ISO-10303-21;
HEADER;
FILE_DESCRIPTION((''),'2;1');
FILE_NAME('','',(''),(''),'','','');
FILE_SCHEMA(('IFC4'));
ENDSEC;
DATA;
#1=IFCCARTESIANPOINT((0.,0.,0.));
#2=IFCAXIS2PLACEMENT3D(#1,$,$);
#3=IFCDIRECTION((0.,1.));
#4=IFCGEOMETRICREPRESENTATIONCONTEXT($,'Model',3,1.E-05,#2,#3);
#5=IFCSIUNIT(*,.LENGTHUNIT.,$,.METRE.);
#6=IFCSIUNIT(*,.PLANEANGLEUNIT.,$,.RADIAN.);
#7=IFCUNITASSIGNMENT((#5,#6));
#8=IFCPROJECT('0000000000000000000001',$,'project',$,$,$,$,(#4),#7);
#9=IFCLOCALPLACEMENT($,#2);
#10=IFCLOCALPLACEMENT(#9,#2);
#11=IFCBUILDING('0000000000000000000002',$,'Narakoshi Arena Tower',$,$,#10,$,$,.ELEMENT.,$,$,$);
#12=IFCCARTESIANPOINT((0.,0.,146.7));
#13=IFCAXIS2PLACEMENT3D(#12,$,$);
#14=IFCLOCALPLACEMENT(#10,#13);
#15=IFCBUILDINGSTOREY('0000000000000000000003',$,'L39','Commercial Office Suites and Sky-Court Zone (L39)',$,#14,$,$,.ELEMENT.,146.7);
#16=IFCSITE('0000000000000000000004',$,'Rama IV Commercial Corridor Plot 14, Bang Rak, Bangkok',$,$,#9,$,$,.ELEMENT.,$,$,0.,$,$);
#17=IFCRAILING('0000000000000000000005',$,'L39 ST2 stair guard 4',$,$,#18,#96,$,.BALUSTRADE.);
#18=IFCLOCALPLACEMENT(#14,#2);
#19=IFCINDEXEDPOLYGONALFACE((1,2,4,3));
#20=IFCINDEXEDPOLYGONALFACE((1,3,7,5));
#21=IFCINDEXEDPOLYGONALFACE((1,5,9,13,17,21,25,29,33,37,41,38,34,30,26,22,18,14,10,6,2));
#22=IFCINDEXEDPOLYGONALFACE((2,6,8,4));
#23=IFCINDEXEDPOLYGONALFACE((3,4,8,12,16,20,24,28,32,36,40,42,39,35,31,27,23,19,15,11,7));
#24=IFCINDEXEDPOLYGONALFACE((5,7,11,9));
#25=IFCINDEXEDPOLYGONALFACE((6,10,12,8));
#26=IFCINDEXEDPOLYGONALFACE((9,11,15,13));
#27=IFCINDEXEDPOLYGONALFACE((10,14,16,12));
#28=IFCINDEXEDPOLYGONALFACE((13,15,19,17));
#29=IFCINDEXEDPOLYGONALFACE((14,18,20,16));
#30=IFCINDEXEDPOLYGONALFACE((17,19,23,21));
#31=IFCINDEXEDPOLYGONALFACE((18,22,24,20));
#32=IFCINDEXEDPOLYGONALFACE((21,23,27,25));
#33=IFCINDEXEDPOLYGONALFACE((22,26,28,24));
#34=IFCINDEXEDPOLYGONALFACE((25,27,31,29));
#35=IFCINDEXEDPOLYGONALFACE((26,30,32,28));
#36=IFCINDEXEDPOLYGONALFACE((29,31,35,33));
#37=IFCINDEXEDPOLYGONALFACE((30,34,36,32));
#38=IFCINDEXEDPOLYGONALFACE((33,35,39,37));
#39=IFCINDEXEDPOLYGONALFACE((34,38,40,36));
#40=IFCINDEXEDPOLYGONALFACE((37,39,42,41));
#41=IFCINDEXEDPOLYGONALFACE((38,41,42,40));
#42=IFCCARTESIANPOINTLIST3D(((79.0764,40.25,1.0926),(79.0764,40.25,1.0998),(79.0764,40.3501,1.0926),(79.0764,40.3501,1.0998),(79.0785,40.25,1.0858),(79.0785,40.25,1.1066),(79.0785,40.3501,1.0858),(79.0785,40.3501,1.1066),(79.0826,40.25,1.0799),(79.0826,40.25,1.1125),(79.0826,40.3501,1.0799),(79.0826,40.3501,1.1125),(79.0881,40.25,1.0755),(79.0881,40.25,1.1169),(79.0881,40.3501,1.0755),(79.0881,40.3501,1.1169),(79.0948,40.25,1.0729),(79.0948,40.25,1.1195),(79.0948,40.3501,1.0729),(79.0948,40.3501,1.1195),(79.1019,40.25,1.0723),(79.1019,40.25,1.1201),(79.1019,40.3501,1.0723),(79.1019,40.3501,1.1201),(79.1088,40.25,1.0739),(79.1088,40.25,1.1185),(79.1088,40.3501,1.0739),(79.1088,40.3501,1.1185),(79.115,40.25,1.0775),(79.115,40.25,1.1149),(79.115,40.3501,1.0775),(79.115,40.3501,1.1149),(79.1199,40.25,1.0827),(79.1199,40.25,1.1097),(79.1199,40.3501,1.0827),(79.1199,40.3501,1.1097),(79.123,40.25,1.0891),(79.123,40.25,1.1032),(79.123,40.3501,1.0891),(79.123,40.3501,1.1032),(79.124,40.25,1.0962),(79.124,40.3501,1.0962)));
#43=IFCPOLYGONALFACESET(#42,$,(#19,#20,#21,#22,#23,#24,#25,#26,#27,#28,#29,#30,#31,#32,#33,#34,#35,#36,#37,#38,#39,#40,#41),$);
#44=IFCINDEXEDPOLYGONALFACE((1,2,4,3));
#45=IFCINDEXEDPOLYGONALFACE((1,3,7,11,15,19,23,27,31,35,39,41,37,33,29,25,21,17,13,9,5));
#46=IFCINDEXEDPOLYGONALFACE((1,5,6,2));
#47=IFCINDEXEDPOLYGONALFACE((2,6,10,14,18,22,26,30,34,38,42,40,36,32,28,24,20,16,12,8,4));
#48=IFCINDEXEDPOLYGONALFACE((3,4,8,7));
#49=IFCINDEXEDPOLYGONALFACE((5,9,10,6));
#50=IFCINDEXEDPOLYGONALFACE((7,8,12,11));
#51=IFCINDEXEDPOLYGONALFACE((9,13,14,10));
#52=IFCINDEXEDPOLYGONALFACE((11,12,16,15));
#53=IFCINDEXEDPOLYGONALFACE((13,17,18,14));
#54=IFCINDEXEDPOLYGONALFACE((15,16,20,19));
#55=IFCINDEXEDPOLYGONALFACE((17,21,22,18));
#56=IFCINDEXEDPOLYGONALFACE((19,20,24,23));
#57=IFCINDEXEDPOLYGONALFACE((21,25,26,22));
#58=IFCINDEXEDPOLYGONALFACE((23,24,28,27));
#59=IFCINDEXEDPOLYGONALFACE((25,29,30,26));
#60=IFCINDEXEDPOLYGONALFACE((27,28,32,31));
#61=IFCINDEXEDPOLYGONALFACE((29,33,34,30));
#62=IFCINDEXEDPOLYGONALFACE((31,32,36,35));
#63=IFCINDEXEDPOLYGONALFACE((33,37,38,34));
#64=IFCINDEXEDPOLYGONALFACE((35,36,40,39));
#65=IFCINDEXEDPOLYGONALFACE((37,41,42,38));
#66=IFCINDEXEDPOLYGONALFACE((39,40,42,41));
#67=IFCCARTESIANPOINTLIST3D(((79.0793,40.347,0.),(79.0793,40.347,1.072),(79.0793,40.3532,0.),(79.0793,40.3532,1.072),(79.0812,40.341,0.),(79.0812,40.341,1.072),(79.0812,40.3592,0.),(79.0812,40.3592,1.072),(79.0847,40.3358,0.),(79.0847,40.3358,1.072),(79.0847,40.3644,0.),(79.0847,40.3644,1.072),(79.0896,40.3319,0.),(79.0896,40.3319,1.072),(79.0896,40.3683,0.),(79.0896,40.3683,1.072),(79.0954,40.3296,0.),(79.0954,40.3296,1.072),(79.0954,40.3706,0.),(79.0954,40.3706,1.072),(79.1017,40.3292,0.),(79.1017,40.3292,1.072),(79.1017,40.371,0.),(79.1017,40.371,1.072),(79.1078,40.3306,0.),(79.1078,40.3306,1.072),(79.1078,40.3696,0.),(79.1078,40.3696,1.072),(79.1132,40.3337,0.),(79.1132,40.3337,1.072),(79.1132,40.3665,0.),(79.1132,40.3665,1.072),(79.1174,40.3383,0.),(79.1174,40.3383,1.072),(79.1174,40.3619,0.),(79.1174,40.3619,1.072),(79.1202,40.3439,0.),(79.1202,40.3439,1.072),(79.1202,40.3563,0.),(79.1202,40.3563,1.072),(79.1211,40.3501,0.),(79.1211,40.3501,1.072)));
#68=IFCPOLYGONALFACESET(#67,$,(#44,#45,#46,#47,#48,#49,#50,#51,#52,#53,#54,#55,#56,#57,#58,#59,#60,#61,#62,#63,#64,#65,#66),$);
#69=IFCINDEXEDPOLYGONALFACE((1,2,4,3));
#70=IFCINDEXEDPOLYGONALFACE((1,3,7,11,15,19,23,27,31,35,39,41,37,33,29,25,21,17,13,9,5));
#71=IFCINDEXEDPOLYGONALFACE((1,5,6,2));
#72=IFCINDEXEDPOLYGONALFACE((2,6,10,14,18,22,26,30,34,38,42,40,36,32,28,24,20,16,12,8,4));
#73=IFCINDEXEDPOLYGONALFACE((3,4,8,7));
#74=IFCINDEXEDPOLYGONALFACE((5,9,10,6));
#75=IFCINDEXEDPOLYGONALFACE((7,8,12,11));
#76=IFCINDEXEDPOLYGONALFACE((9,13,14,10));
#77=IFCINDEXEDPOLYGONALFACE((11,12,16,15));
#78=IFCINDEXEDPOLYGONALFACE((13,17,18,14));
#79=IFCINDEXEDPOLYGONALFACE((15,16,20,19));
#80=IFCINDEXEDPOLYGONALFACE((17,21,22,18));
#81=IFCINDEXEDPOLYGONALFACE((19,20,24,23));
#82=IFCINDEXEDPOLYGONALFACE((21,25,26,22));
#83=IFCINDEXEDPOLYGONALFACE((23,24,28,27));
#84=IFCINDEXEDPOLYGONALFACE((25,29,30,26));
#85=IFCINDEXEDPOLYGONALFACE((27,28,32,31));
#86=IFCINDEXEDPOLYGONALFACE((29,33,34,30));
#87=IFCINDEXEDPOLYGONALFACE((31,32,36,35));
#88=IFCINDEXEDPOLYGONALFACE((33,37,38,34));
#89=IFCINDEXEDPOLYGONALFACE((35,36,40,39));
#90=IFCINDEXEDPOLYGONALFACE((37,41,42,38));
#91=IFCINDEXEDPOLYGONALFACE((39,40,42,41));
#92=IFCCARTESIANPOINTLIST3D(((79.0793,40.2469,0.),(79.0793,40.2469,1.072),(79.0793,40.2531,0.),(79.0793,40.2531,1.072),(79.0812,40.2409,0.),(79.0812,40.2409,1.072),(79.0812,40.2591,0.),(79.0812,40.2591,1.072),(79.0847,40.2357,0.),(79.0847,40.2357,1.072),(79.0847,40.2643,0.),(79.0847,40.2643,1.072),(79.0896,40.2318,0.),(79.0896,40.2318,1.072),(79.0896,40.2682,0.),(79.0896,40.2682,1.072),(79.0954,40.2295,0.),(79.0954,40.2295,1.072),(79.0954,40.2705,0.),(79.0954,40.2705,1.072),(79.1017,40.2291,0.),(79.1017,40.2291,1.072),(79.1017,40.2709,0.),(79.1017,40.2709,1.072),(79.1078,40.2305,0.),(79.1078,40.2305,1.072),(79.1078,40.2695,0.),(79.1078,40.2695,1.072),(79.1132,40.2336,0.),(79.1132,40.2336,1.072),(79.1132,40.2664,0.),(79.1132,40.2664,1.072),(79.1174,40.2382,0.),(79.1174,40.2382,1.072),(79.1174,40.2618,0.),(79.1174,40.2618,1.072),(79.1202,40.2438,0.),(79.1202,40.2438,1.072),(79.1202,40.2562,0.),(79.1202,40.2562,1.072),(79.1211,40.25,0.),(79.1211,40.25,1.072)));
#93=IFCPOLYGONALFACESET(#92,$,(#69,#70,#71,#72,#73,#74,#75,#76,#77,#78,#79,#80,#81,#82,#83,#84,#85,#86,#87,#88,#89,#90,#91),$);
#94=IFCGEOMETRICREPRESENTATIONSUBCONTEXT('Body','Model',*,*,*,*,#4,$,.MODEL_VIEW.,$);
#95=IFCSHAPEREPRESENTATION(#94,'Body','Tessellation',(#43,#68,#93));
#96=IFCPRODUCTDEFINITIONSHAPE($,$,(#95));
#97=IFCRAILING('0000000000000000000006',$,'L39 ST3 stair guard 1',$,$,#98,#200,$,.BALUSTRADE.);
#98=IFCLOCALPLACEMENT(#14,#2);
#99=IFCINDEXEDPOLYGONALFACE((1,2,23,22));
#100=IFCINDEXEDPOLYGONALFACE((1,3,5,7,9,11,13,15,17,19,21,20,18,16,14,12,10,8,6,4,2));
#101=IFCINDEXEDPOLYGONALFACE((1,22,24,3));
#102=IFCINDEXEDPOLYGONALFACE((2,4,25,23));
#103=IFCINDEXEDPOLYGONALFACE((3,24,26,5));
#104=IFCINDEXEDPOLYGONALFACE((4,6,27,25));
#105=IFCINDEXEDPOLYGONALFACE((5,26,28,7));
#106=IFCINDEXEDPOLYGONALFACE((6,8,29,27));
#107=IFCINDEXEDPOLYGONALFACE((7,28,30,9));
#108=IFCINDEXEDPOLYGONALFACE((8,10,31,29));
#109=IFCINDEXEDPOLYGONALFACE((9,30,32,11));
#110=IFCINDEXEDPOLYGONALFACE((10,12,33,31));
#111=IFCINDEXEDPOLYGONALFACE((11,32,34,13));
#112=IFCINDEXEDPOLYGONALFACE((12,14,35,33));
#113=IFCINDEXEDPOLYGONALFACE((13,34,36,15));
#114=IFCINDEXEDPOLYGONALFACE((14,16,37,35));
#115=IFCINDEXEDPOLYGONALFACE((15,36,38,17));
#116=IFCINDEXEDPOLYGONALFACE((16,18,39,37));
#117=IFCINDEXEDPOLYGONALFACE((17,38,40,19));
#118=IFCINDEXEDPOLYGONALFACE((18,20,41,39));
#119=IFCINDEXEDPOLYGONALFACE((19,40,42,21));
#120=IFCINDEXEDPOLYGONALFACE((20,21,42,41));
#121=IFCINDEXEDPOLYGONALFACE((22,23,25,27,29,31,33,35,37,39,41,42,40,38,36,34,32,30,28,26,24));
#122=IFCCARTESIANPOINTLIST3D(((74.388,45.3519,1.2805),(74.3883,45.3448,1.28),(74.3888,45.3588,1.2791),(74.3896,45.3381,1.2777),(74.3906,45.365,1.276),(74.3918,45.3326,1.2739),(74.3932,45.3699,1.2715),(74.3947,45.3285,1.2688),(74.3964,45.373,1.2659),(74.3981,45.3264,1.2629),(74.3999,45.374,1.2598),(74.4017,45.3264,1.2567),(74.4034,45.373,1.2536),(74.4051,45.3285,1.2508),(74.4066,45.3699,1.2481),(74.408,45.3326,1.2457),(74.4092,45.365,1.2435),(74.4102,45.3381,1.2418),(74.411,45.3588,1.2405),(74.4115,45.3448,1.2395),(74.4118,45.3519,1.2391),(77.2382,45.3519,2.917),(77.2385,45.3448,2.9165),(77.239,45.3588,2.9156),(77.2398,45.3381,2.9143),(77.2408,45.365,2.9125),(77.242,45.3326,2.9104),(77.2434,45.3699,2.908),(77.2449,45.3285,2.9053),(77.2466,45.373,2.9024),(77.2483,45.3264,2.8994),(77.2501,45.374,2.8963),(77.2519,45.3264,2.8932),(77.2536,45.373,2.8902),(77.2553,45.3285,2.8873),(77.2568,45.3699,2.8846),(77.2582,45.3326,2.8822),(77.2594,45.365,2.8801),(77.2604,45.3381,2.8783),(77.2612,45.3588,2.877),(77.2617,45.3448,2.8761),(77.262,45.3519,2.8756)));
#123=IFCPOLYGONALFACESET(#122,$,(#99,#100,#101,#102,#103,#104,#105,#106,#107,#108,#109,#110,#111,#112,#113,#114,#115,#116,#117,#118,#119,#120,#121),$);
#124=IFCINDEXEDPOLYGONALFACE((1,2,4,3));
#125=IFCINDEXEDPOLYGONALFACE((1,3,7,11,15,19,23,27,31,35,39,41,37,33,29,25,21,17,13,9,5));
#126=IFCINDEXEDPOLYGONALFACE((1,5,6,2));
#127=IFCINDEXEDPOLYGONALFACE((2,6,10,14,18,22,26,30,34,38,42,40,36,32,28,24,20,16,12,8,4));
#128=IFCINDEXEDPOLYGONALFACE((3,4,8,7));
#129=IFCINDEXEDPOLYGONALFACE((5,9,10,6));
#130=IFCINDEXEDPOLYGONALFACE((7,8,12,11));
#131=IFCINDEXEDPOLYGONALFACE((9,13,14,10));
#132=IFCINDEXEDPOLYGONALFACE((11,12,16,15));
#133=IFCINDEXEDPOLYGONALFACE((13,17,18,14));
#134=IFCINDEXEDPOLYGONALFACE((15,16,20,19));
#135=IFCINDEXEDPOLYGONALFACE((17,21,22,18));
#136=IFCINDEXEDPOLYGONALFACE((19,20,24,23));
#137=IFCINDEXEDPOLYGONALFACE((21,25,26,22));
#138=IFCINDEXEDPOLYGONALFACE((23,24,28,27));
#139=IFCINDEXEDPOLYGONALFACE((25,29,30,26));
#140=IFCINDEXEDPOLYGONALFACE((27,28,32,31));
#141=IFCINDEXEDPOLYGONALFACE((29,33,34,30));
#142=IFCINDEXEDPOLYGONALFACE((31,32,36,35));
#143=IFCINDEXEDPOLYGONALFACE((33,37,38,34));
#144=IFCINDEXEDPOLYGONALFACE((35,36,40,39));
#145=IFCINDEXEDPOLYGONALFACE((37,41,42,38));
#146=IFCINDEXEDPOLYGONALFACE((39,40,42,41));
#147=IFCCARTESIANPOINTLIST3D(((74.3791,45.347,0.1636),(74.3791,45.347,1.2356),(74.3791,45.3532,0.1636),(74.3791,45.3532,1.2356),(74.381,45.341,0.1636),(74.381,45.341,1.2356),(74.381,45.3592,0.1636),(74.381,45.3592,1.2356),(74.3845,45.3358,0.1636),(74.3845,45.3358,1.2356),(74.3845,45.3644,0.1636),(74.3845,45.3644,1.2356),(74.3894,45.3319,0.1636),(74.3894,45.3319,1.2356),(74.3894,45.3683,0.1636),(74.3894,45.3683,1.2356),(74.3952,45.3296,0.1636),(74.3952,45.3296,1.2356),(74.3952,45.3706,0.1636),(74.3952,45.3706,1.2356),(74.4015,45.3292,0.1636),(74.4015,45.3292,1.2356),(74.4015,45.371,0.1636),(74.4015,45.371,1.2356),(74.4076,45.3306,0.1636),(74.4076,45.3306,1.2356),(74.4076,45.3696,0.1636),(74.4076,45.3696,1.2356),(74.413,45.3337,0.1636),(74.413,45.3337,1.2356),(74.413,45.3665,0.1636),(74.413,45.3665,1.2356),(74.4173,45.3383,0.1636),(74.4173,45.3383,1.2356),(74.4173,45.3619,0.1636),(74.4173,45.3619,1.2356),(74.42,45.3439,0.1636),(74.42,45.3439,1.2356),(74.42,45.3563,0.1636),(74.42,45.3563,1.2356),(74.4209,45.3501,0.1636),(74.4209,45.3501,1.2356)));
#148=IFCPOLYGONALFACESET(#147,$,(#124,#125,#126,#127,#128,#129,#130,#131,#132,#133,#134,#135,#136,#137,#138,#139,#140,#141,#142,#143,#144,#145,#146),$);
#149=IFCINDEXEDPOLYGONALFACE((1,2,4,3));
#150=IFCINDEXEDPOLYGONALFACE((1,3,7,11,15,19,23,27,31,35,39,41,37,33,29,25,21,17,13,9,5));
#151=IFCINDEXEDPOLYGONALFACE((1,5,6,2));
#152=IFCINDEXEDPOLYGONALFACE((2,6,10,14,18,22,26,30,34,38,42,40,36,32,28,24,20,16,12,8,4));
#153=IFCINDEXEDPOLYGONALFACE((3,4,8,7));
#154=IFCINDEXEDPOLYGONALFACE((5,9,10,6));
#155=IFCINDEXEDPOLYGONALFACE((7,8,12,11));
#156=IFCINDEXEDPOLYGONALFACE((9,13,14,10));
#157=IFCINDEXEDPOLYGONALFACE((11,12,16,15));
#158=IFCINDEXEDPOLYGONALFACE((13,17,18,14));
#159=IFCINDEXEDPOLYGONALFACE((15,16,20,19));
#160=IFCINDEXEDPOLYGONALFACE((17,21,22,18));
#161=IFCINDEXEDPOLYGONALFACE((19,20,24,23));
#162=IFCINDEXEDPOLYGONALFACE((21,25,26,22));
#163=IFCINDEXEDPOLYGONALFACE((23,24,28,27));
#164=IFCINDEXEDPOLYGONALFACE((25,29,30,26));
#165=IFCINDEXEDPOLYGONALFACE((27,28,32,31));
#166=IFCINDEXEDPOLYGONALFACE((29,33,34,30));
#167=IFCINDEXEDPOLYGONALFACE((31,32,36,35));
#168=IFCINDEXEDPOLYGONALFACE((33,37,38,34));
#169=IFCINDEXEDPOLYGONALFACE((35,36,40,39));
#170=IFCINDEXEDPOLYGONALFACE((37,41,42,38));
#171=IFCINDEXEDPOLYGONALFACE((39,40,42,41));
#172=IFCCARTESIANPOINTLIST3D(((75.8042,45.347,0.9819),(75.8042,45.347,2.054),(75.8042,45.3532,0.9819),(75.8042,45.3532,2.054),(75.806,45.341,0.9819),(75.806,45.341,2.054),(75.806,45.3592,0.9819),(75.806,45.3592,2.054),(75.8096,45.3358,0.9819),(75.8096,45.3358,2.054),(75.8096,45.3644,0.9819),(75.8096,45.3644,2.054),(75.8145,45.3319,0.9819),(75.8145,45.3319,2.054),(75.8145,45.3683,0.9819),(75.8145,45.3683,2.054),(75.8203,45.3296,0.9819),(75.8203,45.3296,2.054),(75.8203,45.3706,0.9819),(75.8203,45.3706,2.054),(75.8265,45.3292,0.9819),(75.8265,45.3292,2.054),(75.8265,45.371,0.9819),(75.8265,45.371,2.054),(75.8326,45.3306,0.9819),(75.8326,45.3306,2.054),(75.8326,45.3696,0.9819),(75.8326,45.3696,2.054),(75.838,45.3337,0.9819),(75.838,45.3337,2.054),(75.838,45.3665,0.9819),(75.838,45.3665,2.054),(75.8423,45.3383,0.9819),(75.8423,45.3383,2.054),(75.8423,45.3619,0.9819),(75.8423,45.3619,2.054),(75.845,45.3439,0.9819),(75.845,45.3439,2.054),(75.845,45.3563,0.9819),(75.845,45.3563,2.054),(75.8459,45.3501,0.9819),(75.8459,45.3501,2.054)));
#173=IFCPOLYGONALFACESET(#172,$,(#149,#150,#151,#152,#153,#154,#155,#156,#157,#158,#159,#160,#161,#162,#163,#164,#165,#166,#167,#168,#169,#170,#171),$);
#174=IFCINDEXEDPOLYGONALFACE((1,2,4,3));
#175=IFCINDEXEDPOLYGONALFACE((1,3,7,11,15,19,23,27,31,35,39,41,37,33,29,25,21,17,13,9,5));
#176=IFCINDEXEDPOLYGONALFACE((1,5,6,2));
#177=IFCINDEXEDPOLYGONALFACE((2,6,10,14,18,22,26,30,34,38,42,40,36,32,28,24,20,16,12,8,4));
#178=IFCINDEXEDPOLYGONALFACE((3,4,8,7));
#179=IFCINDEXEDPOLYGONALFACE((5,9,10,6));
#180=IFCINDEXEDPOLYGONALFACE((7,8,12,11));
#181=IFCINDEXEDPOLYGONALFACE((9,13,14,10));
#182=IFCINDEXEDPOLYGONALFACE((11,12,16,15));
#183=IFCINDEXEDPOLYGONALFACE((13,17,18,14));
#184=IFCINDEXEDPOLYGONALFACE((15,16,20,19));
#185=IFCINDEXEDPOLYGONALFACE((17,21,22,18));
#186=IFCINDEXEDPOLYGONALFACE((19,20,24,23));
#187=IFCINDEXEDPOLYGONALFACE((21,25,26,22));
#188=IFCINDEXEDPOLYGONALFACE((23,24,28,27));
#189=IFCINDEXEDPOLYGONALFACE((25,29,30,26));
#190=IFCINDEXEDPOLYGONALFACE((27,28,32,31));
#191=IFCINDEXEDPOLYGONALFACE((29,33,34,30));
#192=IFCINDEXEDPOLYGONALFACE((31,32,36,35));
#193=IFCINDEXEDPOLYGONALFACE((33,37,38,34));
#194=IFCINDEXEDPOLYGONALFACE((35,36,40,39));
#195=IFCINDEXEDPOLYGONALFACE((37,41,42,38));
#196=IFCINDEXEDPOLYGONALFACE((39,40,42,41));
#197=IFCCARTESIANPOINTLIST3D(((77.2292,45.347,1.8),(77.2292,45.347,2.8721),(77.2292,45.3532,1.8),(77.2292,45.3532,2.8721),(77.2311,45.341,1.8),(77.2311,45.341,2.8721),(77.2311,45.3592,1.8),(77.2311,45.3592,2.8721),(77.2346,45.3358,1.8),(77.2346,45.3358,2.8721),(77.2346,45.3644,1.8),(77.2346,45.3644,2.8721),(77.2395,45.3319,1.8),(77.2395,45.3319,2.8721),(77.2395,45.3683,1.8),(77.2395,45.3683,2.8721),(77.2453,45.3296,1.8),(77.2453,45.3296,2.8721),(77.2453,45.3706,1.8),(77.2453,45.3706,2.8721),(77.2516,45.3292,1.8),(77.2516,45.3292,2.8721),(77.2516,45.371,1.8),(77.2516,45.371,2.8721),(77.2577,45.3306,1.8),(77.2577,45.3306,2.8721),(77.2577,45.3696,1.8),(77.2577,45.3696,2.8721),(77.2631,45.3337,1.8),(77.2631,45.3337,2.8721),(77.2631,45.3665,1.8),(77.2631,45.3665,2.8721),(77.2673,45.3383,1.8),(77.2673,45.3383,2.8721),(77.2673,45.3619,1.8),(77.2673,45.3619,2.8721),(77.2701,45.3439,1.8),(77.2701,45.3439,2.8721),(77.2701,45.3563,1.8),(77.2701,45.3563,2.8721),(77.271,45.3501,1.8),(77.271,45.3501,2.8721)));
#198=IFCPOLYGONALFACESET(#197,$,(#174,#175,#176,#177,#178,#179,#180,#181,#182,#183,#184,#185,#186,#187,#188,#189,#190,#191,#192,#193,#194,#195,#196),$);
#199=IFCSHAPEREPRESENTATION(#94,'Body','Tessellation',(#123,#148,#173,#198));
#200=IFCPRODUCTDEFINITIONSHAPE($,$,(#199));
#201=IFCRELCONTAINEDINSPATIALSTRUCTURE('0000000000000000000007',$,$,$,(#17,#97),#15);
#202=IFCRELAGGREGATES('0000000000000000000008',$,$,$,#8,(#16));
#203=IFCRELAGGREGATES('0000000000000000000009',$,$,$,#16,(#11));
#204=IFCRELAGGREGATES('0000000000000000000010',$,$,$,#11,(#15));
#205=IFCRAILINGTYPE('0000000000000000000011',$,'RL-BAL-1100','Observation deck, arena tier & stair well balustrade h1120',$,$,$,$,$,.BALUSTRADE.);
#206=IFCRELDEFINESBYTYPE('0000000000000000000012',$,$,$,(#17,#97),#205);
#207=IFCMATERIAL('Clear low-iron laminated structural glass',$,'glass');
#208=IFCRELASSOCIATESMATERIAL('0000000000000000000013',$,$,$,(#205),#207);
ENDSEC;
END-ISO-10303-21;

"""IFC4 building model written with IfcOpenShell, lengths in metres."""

from ifc_helpers import new_model, si_unit, direction, frame, origin, origin_2d, place, context, subcontext, project, spatial, circle, extrude, material, type_object, element, save


model = new_model("IFC4")

# Units and contexts
model_context = context("Model", 3, precision=1e-05, world=origin(), true_north=direction((0.0, 1.0)))
body_context = subcontext(model_context, "Body", "Model", "MODEL_VIEW")
ifc_project = project(units=[si_unit("LENGTHUNIT", "METRE"), si_unit("PLANEANGLEUNIT", "RADIAN")], contexts=[model_context])

# Site, building, storey
site_placement = place(None, origin())
site = spatial("IfcSite", under=ifc_project, at=site_placement, Name="Rama IV Commercial Corridor Plot 14, Bang Rak, Bangkok", CompositionType="ELEMENT", RefElevation=0.0)
building_placement = place(site_placement, origin())
building = spatial("IfcBuilding", under=site, at=building_placement, Name="Narakoshi Arena Tower", CompositionType="ELEMENT")
storey_placement = place(building_placement, frame((0.0, 0.0, 146.7)))
storey = spatial("IfcBuildingStorey", under=building, at=storey_placement, Name="L39", Description="Commercial Office Suites and Sky-Court Zone (L39)", CompositionType="ELEMENT", Elevation=146.7)

# Railings
ifc_material_1 = material(Name="Clear low-iron laminated structural glass", Category="glass")
railing_type_1 = type_object("IfcRailingType", Name="RL-BAL-1100", Description="Observation deck, arena tier & stair well balustrade h1120", PredefinedType="BALUSTRADE", material=ifc_material_1)
railing_1_placement = place(storey_placement, frame((79.1001, 40.3501, 0.0)))
element("IfcRailing", 1, at=railing_1_placement, inside=storey, type_object=railing_type_1, Name="L39 ST2 stair guard 4", PredefinedType="BALUSTRADE", context=body_context, shape_type="SweptSolid", body=[
    extrude(circle(Radius=0.0239, at=origin_2d()), frame((0.0, 0.0, 1.0962), z_axis=(0.0, -1.0, 0.0), x_axis=(1.0, 0.0, 0.0)), (0.0, 0.0, 1.0), 0.1001),
    extrude(circle(Radius=0.021, at=origin_2d()), origin(), (0.0, 0.0, 1.0), 1.072),
    extrude(circle(Radius=0.021, at=origin_2d()), frame((0.0, -0.1001, 0.0)), (0.0, 0.0, 1.0), 1.072),
])
railing_2_placement = place(storey_placement, frame((74.3999, 45.3501, 0.1636)))
element("IfcRailing", 2, at=railing_2_placement, inside=storey, type_object=railing_type_1, Name="L39 ST3 stair guard 1", PredefinedType="BALUSTRADE", context=body_context, shape_type="SweptSolid", body=[
    extrude(circle(Radius=0.0239, at=origin_2d()), frame((0.0, 0.0, 1.0962), z_axis=(0.867213, 0.0, 0.497938), x_axis=(0.0, 1.0, 0.0)), (0.0, 0.0, 1.0), 3.2866),
    extrude(circle(Radius=0.021, at=origin_2d()), origin(), (0.0, 0.0, 1.0), 1.072),
    extrude(circle(Radius=0.021, at=origin_2d()), frame((1.425, 0.0, 0.8184)), (0.0, 0.0, 1.0), 1.072),
    extrude(circle(Radius=0.021, at=origin_2d()), frame((2.8501, 0.0, 1.6365)), (0.0, 0.0, 1.0), 1.072),
])

save(model, "model.ifc")
